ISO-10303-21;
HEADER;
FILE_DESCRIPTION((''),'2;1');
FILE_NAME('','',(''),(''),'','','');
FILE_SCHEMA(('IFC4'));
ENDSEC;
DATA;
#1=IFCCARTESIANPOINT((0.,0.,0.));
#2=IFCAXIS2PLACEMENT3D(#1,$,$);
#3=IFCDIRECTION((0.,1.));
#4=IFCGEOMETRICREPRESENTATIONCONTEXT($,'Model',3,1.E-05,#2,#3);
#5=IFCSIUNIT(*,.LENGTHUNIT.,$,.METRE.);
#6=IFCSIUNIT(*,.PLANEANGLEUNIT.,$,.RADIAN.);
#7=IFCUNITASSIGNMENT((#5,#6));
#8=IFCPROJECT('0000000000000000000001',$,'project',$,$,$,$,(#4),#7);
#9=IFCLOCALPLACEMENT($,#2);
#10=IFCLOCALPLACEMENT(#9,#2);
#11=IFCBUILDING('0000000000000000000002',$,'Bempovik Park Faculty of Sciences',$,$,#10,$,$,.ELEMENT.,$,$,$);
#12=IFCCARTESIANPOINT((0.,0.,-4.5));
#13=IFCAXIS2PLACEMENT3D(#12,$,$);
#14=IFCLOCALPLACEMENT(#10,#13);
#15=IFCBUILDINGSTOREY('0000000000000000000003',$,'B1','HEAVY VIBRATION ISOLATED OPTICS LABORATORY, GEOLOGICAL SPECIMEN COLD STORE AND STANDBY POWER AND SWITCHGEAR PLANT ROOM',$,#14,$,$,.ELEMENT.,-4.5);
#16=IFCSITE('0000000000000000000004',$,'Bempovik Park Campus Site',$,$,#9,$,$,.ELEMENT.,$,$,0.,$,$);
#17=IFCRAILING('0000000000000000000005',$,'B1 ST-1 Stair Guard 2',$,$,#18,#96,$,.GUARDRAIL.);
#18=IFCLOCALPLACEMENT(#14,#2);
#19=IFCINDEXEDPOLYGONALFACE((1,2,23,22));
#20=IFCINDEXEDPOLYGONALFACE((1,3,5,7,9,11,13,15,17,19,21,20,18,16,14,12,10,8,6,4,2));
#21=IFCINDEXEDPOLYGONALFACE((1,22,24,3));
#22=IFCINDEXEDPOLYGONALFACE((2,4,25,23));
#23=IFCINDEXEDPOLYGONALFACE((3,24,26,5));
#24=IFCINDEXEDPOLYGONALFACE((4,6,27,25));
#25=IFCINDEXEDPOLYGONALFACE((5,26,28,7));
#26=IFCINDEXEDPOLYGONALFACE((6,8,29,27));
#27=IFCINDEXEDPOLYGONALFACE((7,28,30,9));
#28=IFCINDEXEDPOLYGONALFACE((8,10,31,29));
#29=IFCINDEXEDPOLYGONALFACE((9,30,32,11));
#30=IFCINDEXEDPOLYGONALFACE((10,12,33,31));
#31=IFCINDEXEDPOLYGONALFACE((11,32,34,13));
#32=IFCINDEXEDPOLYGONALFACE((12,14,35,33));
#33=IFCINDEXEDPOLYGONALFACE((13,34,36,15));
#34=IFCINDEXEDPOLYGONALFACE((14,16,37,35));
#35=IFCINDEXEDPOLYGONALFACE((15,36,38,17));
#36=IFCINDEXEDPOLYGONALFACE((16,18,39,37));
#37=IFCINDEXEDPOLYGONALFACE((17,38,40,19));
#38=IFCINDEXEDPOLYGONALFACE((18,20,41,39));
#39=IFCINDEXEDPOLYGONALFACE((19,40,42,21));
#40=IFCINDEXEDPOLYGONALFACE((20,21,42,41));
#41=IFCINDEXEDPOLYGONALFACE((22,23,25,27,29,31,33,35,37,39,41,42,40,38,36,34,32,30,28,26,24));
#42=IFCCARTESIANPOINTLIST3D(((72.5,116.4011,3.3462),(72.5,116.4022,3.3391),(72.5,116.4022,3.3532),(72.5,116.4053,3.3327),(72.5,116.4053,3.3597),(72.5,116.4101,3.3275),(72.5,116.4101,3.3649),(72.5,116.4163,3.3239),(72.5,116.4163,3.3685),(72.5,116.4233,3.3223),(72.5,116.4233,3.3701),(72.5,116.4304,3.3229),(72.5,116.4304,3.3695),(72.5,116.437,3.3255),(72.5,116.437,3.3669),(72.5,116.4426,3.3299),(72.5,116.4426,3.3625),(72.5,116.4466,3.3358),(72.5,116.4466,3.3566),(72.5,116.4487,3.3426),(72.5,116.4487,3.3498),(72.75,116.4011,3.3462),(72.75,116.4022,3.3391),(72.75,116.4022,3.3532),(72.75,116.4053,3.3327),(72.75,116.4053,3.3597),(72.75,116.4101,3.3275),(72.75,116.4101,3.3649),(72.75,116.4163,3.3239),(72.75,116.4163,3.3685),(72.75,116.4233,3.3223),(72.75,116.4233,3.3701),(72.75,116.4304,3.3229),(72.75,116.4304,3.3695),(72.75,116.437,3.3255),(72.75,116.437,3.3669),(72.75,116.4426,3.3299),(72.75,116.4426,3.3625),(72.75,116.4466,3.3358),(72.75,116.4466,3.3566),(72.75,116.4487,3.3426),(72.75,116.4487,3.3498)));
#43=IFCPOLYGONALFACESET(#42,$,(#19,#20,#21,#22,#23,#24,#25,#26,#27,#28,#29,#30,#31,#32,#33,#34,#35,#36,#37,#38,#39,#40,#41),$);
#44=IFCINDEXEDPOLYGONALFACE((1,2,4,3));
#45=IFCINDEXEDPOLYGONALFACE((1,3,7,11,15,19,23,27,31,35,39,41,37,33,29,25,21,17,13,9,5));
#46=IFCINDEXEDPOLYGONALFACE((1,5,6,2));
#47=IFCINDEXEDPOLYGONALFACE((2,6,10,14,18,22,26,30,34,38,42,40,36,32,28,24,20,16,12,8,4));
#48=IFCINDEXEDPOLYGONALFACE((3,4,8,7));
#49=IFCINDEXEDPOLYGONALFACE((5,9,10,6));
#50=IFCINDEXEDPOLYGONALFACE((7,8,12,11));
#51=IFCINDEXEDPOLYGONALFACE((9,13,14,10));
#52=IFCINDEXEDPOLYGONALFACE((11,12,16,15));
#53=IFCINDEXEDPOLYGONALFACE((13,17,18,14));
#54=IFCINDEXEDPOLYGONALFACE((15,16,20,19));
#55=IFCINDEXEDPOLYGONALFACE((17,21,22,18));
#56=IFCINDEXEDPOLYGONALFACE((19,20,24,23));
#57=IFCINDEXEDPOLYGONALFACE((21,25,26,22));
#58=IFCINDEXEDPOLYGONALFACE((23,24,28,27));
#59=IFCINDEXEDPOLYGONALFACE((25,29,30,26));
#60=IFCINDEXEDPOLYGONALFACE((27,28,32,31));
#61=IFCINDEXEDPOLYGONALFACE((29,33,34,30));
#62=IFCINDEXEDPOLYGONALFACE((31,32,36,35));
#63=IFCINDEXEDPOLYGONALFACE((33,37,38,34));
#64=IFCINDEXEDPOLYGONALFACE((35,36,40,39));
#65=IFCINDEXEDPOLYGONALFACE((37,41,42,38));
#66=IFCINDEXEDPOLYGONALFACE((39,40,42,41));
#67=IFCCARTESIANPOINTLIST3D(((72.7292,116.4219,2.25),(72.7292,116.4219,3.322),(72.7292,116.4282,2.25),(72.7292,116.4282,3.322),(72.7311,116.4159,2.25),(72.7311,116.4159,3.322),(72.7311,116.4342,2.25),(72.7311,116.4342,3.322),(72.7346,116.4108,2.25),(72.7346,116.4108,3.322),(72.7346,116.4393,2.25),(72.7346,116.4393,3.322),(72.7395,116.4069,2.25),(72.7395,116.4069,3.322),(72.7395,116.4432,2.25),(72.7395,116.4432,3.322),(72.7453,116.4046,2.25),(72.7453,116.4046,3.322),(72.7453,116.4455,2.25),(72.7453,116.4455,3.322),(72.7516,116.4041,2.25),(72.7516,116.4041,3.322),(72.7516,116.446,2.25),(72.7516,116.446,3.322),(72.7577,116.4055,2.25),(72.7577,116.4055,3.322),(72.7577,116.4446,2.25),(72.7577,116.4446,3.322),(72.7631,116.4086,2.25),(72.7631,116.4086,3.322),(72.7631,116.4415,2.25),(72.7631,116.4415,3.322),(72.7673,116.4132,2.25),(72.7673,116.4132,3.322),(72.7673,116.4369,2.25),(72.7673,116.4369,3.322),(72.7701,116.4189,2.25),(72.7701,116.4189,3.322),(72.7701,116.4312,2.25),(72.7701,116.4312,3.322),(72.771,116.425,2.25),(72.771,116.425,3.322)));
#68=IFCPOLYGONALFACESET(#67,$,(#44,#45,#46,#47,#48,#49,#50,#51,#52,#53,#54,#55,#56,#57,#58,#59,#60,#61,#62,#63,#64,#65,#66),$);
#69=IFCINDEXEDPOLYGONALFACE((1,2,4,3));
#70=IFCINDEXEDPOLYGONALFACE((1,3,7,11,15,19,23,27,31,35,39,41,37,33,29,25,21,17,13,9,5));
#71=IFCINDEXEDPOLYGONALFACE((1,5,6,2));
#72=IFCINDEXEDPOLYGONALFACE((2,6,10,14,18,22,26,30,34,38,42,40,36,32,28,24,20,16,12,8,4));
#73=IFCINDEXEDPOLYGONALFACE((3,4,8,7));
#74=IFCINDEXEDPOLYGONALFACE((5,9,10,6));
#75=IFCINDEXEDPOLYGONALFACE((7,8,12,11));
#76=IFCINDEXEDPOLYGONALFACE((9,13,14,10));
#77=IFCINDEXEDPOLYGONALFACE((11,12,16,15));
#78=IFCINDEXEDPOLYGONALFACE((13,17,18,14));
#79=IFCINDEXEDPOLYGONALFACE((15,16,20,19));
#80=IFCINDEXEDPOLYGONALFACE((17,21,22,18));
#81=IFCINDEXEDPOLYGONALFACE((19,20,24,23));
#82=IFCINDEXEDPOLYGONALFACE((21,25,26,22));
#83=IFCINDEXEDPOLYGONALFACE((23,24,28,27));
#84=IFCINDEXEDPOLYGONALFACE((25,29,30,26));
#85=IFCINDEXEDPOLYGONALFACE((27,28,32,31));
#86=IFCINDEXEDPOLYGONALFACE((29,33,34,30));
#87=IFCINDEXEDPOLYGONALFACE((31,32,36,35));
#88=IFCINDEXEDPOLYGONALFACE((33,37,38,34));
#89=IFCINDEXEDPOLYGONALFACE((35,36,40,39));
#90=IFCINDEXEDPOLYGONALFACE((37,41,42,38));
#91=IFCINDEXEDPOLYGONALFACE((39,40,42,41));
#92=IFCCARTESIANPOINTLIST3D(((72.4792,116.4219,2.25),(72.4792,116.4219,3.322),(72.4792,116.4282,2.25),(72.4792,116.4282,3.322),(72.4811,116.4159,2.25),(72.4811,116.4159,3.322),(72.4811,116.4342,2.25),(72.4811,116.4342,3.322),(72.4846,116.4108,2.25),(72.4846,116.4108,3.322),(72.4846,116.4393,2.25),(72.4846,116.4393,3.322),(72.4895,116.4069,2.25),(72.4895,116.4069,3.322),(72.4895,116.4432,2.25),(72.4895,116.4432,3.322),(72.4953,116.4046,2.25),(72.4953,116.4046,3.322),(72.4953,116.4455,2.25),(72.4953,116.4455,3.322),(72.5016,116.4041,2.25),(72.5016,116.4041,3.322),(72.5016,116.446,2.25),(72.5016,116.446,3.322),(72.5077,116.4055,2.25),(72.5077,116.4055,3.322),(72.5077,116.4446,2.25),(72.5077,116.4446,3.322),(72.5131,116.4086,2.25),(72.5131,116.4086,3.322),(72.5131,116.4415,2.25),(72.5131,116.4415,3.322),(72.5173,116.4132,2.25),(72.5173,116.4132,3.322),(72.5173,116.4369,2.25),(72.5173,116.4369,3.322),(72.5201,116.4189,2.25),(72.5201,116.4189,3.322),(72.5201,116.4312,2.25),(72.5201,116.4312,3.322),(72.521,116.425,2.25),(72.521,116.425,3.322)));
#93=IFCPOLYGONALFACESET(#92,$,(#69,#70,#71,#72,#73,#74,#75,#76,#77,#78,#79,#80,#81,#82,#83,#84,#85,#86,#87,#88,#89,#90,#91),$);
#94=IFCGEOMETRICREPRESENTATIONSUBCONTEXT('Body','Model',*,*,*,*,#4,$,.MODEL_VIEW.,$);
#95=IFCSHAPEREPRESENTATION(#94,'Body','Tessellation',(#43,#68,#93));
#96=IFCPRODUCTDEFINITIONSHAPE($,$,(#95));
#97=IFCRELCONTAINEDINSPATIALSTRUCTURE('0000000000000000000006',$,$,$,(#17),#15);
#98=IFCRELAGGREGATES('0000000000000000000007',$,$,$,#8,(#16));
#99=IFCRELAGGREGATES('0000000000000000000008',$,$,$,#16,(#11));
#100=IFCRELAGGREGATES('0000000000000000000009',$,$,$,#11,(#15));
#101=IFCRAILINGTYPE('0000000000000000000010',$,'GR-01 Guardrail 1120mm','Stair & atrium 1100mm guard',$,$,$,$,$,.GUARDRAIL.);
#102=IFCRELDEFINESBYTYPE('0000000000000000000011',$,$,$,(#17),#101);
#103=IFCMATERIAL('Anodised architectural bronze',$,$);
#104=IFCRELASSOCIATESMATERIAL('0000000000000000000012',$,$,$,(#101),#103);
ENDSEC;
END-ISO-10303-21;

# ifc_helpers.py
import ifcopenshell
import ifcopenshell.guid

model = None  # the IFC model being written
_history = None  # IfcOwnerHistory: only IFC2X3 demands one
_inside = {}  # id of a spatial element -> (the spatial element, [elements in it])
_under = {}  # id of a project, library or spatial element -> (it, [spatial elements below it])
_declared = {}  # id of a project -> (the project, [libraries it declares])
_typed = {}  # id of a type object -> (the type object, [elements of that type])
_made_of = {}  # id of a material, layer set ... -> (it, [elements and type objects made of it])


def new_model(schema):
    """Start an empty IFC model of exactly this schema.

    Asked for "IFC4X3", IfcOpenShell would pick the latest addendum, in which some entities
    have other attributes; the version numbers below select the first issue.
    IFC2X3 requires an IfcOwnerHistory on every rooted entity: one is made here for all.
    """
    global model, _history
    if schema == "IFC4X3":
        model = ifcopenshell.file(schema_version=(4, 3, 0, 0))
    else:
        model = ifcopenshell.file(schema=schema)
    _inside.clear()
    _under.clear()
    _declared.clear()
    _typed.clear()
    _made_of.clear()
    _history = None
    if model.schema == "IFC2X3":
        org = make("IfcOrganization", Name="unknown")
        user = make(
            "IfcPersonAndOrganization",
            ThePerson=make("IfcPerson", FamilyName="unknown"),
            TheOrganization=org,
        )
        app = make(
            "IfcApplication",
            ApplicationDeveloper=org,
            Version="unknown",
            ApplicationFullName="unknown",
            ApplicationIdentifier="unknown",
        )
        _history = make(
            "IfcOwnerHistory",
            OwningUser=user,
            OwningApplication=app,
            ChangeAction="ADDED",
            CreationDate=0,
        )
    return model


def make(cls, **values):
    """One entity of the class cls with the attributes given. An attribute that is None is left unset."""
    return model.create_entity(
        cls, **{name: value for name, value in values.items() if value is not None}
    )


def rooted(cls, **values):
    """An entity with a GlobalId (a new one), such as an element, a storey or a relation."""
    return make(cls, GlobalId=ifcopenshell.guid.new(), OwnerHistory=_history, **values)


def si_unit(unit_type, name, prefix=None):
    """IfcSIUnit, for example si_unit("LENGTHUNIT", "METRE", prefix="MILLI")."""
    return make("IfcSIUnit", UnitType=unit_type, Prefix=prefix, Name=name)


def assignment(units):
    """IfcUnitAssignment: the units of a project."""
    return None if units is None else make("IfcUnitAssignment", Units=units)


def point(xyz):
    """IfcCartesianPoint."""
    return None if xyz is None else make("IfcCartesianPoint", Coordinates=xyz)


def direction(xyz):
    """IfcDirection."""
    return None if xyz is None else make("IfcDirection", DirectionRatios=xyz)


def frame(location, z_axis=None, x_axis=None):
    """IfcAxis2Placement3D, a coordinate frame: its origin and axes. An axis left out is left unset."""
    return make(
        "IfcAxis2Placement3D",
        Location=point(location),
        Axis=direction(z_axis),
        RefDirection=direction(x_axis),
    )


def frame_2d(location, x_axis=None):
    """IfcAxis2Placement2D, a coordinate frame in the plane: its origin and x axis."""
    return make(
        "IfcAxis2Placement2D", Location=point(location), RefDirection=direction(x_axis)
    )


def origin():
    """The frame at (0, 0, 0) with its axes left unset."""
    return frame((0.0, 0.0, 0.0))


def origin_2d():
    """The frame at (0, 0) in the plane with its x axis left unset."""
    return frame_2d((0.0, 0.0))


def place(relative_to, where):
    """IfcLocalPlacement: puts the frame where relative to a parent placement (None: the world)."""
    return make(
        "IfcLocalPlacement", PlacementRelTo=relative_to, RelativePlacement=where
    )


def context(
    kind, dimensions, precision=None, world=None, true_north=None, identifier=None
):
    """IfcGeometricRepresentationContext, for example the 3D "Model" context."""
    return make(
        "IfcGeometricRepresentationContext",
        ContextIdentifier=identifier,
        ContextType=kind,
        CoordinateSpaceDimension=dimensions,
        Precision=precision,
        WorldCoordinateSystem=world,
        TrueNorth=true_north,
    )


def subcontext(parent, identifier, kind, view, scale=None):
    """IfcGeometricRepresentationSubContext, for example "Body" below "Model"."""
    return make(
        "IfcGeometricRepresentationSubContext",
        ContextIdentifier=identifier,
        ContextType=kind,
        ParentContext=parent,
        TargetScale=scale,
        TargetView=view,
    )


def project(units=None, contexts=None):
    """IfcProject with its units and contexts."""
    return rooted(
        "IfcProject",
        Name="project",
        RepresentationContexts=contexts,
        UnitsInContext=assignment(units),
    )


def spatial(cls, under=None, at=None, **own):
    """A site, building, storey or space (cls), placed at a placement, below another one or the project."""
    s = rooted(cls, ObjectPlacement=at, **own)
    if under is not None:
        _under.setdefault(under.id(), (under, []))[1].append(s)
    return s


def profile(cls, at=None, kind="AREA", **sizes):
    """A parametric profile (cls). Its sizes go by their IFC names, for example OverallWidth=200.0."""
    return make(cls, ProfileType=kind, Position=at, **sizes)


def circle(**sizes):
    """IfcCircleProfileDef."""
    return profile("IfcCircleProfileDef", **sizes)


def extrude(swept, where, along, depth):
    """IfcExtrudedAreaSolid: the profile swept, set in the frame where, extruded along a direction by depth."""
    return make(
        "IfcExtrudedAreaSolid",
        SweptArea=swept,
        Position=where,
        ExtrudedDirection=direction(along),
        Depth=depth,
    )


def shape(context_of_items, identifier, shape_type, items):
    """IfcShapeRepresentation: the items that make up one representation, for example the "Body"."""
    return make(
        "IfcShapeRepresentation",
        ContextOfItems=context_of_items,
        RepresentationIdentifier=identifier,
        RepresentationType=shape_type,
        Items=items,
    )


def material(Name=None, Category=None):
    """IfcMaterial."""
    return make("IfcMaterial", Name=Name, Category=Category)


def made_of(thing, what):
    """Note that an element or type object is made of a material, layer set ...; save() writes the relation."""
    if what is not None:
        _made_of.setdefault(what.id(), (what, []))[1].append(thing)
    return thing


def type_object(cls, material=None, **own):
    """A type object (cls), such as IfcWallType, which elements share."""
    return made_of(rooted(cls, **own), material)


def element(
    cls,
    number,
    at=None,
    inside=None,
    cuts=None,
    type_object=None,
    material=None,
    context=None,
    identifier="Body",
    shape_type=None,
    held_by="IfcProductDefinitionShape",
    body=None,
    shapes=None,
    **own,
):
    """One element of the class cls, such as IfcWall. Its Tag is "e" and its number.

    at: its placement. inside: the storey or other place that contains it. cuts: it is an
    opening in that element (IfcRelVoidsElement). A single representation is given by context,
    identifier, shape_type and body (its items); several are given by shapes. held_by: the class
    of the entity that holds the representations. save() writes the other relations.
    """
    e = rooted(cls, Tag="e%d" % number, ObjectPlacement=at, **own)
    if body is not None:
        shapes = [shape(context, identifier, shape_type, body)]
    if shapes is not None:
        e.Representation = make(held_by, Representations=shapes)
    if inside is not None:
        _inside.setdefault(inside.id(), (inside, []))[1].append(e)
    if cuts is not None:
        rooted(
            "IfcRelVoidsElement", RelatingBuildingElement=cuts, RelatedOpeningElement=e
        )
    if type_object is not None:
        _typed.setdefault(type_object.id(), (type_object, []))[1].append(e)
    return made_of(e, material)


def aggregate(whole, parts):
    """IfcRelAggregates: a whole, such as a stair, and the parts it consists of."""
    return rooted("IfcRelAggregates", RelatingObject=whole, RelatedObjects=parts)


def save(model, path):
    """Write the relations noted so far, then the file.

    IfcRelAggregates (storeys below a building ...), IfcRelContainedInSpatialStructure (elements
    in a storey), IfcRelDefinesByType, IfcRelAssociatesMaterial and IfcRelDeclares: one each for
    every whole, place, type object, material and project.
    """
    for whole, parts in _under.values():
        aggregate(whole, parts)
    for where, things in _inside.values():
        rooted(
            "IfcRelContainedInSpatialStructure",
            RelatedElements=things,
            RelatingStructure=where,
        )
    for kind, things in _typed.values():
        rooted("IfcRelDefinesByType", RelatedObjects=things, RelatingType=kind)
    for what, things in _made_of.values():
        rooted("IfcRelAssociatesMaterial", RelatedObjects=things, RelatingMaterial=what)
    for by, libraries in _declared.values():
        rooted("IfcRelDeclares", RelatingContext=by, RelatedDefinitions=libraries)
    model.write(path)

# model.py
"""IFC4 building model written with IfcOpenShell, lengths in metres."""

from ifc_helpers import new_model, si_unit, direction, frame, origin, origin_2d, place, context, subcontext, project, spatial, circle, extrude, material, type_object, element, save


model = new_model("IFC4")

# Units and contexts
model_context = context("Model", 3, precision=1e-05, world=origin(), true_north=direction((0.0, 1.0)))
body_context = subcontext(model_context, "Body", "Model", "MODEL_VIEW")
ifc_project = project(units=[si_unit("LENGTHUNIT", "METRE"), si_unit("PLANEANGLEUNIT", "RADIAN")], contexts=[model_context])

# Site, building, storey
site_placement = place(None, origin())
site = spatial("IfcSite", under=ifc_project, at=site_placement, Name="Bempovik Park Campus Site", CompositionType="ELEMENT", RefElevation=0.0)
building_placement = place(site_placement, origin())
building = spatial("IfcBuilding", under=site, at=building_placement, Name="Bempovik Park Faculty of Sciences", CompositionType="ELEMENT")
storey_placement = place(building_placement, frame((0.0, 0.0, -4.5)))
storey = spatial("IfcBuildingStorey", under=building, at=storey_placement, Name="B1", Description="HEAVY VIBRATION ISOLATED OPTICS LABORATORY, GEOLOGICAL SPECIMEN COLD STORE AND STANDBY POWER AND SWITCHGEAR PLANT ROOM", CompositionType="ELEMENT", Elevation=-4.5)

# Railing
ifc_material_1 = material(Name="Anodised architectural bronze")
railing_type_1 = type_object("IfcRailingType", Name="GR-01 Guardrail 1120mm", Description="Stair & atrium 1100mm guard", PredefinedType="GUARDRAIL", material=ifc_material_1)
railing_1_placement = place(storey_placement, frame((72.75, 116.425, 2.25)))
element("IfcRailing", 1, at=railing_1_placement, inside=storey, type_object=railing_type_1, Name="B1 ST-1 Stair Guard 2", PredefinedType="GUARDRAIL", context=body_context, shape_type="SweptSolid", body=[
    extrude(circle(Radius=0.0239, at=origin_2d()), frame((0.0, 0.0, 1.0962), z_axis=(-1.0, 0.0, 0.0), x_axis=(0.0, -1.0, 0.0)), (0.0, 0.0, 1.0), 0.25),
    extrude(circle(Radius=0.021, at=origin_2d()), origin(), (0.0, 0.0, 1.0), 1.072),
    extrude(circle(Radius=0.021, at=origin_2d()), frame((-0.25, 0.0, 0.0)), (0.0, 0.0, 1.0), 1.072),
])

save(model, "model.ifc")
